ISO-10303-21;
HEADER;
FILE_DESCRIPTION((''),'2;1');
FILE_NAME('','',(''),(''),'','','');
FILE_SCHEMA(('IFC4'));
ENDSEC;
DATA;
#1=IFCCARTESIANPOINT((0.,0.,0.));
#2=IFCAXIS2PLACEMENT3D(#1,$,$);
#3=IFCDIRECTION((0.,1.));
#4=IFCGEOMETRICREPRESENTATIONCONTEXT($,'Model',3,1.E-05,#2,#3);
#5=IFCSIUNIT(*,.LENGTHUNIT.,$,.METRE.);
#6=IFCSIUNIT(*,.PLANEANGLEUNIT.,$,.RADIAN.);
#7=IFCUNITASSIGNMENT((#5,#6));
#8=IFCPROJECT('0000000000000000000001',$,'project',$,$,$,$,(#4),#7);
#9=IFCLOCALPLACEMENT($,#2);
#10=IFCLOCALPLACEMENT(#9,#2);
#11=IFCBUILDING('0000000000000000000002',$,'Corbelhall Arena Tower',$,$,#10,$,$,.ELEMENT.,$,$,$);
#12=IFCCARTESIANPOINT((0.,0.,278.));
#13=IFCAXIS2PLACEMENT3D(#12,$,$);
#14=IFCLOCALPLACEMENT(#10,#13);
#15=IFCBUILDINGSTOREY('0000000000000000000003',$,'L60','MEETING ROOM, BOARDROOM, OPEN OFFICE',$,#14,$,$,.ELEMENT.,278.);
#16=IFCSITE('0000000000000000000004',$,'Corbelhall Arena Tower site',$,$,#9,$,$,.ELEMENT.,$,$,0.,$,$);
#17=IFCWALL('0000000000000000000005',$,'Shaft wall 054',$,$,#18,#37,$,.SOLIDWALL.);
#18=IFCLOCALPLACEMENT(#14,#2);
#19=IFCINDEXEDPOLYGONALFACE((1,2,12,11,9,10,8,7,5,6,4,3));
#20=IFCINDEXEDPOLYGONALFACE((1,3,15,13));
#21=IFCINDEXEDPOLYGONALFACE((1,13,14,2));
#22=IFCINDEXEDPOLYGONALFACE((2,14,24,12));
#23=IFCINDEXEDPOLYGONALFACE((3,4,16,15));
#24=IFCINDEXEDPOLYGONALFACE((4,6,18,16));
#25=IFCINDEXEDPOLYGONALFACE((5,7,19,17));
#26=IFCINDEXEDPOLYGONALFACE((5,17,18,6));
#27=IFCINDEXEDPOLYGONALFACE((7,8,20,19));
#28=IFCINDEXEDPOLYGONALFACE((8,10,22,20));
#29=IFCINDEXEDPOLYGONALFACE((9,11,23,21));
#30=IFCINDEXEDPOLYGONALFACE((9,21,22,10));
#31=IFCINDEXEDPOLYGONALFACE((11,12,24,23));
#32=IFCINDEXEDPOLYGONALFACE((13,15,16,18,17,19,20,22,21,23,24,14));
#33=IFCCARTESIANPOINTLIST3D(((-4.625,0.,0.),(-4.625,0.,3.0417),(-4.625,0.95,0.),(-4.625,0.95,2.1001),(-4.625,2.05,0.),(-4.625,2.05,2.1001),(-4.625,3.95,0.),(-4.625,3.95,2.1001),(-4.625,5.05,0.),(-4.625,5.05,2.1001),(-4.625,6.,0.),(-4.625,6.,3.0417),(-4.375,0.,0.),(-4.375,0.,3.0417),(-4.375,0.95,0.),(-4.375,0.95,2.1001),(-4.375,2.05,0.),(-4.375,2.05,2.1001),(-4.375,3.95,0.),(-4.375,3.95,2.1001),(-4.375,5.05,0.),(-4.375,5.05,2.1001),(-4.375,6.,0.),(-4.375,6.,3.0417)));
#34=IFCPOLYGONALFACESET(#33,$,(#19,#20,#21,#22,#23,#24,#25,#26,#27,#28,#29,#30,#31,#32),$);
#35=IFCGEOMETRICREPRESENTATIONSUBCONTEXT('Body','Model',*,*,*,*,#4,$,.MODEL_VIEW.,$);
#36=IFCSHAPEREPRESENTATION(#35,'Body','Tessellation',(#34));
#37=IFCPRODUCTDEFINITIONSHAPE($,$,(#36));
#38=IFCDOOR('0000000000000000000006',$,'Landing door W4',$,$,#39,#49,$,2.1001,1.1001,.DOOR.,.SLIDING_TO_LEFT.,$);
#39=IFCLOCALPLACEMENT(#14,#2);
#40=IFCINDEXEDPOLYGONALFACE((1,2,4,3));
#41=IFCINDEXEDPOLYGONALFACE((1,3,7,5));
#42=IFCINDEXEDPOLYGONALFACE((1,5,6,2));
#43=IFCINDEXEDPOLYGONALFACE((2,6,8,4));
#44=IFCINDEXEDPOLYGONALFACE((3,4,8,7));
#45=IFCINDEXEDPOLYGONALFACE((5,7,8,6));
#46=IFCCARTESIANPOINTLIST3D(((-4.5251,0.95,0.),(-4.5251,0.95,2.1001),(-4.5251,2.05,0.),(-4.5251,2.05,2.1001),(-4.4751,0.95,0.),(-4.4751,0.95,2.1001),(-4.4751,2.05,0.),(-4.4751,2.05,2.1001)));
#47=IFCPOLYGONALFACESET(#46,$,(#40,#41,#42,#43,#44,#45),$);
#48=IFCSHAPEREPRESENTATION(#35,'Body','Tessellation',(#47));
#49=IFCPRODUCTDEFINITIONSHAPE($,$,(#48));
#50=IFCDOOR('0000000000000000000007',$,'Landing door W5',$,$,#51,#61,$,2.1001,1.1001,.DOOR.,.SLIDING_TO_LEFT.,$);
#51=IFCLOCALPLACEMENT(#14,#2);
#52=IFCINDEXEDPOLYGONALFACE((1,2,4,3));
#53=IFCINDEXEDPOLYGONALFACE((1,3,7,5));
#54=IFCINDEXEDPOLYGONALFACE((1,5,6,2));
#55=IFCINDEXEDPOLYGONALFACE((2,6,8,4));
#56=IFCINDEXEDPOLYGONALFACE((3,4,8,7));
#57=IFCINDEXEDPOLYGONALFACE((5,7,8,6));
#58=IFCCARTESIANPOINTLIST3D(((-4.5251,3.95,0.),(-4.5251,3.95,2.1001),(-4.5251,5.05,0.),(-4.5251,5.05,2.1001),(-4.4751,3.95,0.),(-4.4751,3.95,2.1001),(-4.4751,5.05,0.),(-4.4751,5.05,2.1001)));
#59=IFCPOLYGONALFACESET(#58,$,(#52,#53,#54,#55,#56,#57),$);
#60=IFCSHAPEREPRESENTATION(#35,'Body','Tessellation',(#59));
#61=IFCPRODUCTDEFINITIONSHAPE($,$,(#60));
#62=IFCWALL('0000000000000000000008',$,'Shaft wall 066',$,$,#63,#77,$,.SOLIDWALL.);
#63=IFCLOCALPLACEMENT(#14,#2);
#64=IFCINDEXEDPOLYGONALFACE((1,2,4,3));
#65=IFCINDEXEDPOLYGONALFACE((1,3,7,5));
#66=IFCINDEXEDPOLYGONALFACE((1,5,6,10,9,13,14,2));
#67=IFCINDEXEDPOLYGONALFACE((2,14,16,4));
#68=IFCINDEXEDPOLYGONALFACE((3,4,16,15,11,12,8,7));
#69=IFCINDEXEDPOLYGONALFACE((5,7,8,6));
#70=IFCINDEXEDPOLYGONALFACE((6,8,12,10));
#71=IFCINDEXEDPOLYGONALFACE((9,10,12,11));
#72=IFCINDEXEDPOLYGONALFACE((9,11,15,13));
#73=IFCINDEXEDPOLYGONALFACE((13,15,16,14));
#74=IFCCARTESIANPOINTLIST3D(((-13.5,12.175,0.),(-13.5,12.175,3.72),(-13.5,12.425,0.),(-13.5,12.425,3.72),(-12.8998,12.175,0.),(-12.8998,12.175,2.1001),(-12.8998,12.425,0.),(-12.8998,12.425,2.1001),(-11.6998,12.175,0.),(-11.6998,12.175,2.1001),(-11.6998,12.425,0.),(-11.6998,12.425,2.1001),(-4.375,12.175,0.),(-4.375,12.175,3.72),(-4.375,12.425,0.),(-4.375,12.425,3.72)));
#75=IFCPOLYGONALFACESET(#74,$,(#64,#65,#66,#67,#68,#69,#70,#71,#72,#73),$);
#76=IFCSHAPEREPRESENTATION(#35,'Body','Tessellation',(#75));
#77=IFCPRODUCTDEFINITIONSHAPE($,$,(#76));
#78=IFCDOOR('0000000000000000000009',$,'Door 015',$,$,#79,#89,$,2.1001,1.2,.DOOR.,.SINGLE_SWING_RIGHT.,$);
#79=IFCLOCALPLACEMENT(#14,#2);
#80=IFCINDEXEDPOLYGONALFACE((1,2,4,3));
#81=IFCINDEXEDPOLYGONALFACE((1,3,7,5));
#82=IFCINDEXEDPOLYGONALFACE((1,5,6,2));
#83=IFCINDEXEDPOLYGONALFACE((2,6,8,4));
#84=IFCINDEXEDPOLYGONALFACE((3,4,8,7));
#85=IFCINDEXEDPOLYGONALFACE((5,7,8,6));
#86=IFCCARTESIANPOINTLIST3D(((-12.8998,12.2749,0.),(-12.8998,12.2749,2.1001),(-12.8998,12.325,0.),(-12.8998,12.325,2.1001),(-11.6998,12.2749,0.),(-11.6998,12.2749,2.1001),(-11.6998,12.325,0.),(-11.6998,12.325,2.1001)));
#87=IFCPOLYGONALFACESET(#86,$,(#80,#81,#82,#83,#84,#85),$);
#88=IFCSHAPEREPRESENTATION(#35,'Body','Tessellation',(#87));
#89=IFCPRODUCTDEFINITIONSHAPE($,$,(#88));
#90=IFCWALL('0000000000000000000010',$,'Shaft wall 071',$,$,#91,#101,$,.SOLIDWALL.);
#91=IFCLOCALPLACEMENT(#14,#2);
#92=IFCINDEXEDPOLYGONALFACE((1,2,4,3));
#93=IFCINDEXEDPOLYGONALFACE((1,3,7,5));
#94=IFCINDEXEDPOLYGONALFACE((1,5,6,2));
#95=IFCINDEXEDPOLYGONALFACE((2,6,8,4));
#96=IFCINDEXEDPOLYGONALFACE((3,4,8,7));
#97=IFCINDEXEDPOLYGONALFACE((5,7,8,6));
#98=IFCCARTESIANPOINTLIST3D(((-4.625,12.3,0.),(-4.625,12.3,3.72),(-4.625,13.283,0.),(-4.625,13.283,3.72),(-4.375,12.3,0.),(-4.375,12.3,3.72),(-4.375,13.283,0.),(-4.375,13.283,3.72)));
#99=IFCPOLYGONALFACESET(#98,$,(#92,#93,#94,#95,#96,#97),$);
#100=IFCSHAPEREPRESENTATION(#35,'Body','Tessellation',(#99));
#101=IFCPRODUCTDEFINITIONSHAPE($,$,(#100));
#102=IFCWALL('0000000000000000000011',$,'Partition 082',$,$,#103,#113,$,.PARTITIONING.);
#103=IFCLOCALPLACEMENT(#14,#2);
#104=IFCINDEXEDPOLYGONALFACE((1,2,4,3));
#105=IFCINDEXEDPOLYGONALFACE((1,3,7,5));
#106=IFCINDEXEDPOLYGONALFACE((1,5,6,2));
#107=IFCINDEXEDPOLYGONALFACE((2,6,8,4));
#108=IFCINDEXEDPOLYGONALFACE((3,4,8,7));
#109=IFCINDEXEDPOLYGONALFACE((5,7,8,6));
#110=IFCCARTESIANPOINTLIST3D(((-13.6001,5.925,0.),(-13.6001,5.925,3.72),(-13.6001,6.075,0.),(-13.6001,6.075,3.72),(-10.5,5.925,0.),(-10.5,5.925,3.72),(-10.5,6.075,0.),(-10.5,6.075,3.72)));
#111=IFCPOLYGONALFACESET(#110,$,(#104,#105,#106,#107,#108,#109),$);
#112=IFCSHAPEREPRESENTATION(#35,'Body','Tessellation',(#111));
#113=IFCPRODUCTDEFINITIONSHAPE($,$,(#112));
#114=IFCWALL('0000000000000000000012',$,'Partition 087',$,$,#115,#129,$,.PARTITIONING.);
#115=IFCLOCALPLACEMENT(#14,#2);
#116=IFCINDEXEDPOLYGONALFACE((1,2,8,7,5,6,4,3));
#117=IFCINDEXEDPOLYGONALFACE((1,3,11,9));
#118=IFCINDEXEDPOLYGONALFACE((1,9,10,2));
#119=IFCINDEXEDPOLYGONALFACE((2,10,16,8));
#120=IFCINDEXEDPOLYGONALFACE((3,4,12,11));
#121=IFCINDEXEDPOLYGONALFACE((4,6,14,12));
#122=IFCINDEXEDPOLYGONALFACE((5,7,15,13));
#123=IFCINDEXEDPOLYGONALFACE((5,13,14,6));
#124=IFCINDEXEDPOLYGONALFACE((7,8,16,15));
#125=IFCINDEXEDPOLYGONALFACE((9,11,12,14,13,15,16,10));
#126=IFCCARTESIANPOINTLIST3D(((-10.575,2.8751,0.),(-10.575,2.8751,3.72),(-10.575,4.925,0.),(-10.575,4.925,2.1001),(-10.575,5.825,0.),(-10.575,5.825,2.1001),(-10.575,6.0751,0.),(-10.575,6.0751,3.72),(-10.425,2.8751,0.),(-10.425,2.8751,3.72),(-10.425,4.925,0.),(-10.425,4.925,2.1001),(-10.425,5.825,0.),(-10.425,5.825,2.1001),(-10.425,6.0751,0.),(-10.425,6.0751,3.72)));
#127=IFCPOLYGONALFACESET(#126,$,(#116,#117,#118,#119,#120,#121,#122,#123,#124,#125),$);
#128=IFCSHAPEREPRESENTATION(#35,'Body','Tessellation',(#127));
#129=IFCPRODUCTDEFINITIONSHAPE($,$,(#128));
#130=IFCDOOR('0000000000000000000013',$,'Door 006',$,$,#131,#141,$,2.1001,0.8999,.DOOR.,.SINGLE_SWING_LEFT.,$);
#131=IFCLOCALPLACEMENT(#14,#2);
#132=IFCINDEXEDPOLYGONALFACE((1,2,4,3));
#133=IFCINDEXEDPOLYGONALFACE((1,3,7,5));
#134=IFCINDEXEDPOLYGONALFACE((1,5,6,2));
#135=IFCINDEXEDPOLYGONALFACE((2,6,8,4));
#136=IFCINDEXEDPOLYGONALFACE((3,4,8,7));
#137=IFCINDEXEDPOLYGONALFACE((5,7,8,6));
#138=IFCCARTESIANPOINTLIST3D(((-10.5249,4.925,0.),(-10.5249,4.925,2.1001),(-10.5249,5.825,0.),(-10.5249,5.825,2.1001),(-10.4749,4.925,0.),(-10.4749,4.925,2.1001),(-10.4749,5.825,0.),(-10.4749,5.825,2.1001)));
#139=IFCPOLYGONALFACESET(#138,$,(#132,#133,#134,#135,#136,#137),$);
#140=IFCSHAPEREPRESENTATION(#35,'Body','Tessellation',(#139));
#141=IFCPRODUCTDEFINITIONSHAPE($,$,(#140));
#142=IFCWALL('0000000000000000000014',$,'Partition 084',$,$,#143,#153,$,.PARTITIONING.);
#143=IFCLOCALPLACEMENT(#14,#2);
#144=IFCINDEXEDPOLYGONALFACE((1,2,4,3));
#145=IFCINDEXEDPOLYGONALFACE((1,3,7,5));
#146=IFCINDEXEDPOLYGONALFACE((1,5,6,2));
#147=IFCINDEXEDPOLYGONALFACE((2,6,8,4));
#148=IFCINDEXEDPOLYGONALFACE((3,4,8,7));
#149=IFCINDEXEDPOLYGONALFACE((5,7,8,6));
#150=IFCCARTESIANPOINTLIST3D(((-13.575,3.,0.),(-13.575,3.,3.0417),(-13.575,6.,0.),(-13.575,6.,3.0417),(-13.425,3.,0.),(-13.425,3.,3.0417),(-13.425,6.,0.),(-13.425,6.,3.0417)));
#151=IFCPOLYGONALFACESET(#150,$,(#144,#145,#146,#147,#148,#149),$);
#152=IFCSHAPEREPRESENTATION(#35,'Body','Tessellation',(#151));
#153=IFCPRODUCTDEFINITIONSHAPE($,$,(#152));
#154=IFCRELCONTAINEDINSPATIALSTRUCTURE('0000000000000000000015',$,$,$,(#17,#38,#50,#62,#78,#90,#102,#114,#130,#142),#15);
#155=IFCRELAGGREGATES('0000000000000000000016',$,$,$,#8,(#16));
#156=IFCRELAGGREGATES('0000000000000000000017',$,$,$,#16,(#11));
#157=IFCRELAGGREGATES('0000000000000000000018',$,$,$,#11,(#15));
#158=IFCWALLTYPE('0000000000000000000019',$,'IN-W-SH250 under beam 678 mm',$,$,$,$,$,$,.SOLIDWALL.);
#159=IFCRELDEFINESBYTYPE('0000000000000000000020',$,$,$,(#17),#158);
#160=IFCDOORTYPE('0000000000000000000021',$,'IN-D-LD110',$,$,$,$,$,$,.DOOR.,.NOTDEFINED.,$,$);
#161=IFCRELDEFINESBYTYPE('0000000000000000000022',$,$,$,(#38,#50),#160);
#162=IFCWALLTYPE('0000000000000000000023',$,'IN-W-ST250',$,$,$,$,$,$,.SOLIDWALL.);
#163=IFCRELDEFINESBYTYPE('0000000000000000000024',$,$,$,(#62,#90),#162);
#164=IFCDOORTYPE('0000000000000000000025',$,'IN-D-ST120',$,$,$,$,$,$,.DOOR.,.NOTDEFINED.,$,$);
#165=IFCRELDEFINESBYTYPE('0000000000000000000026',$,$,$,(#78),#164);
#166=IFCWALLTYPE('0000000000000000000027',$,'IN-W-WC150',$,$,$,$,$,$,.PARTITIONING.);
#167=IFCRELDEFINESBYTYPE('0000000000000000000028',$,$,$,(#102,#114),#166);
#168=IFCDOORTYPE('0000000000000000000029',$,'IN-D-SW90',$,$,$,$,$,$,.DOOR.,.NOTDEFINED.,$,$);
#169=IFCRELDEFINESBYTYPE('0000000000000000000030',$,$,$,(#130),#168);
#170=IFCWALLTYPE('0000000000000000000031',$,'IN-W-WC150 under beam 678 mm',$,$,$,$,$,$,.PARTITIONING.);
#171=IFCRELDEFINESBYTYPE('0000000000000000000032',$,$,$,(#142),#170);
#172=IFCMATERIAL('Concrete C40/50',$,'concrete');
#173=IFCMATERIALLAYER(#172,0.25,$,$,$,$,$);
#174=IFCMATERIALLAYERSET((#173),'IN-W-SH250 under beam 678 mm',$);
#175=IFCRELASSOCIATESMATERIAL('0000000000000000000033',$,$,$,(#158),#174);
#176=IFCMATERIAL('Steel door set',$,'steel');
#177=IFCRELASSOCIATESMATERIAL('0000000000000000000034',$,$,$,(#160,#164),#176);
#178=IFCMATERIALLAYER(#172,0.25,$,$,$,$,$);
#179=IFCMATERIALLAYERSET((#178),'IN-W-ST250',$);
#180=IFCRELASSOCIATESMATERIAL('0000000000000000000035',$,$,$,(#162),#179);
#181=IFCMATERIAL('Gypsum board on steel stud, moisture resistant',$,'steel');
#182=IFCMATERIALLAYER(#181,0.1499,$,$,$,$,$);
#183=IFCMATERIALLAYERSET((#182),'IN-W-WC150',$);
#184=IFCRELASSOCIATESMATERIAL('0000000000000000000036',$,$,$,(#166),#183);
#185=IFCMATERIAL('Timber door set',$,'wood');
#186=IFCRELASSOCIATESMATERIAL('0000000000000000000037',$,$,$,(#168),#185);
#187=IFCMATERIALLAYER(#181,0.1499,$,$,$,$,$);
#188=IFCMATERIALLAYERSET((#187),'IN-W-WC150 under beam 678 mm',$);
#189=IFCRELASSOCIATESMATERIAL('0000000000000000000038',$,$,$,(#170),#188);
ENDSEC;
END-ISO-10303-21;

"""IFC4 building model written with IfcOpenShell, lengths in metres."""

from ifc_helpers import new_model, si_unit, direction, frame, frame_2d, origin, place, context, subcontext, project, spatial, rectangle, extrude, material, layer, layer_set, type_object, element, fill, save


model = new_model("IFC4")

# Units and contexts
model_context = context("Model", 3, precision=1e-05, world=origin(), true_north=direction((0.0, 1.0)))
body_context = subcontext(model_context, "Body", "Model", "MODEL_VIEW")
ifc_project = project(units=[si_unit("LENGTHUNIT", "METRE"), si_unit("PLANEANGLEUNIT", "RADIAN")], contexts=[model_context])

# Site, building, storey
site_placement = place(None, origin())
site = spatial("IfcSite", under=ifc_project, at=site_placement, Name="Corbelhall Arena Tower site", CompositionType="ELEMENT", RefElevation=0.0)
building_placement = place(site_placement, origin())
building = spatial("IfcBuilding", under=site, at=building_placement, Name="Corbelhall Arena Tower", CompositionType="ELEMENT")
storey_placement = place(building_placement, frame((0.0, 0.0, 278.0)))
storey = spatial("IfcBuildingStorey", under=building, at=storey_placement, Name="L60", Description="MEETING ROOM, BOARDROOM, OPEN OFFICE", CompositionType="ELEMENT", Elevation=278.0)

# Shared definitions
ifc_material_1 = material(Name="Steel door set", Category="steel")

# Shared definitions
ifc_material_2 = material(Name="Concrete C40/50", Category="concrete")

# Wall, openings, doors
ifc_layer_1 = layer(ifc_material_2, 0.25)
ifc_layer_set_1 = layer_set([ifc_layer_1], Name="IN-W-SH250 under beam 678 mm")
wall_type_1 = type_object("IfcWallType", Name="IN-W-SH250 under beam 678 mm", PredefinedType="SOLIDWALL", material=ifc_layer_set_1)
wall_1_placement = place(storey_placement, frame((-4.5, 6.0, 0.0), z_axis=(0.0, 0.0, 1.0), x_axis=(0.0, -1.0, 0.0)))
wall_1 = element("IfcWall", 1, at=wall_1_placement, inside=storey, type_object=wall_type_1, Name="Shaft wall 054", PredefinedType="SOLIDWALL", context=body_context, shape_type="SweptSolid", body=[
    extrude(rectangle(XDim=6.0, YDim=0.25, at=frame_2d((3.0, 0.0))), origin(), (0.0, 0.0, 1.0), 3.0417),
])
opening_1_placement = place(wall_1_placement, frame((3.95, 0.0, 0.0)))
opening_1 = element("IfcOpeningElement", 2, at=opening_1_placement, cuts=wall_1, PredefinedType="OPENING", context=body_context, shape_type="SweptSolid", body=[
    extrude(rectangle(XDim=1.1001, YDim=2.1001, at=frame_2d((0.55, 1.05))), frame((0.0, 0.125, 0.0), z_axis=(0.0, -1.0, 0.0), x_axis=(1.0, 0.0, 0.0)), (0.0, 0.0, 1.0), 0.25),
])
opening_2_placement = place(wall_1_placement, frame((0.95, 0.0, 0.0)))
opening_2 = element("IfcOpeningElement", 3, at=opening_2_placement, cuts=wall_1, PredefinedType="OPENING", context=body_context, shape_type="SweptSolid", body=[
    extrude(rectangle(XDim=1.1001, YDim=2.1001, at=frame_2d((0.55, 1.05))), frame((0.0, 0.125, 0.0), z_axis=(0.0, -1.0, 0.0), x_axis=(1.0, 0.0, 0.0)), (0.0, 0.0, 1.0), 0.25),
])
door_type_1 = type_object("IfcDoorType", Name="IN-D-LD110", OperationType="NOTDEFINED", PredefinedType="DOOR", material=ifc_material_1)
door_1_placement = place(opening_1_placement, origin())
door_1 = element("IfcDoor", 4, at=door_1_placement, inside=storey, type_object=door_type_1, Name="Landing door W4", OperationType="SLIDING_TO_LEFT", OverallHeight=2.1001, OverallWidth=1.1001, PredefinedType="DOOR", context=body_context, shape_type="SweptSolid", body=[
    extrude(rectangle(XDim=1.1001, YDim=2.1001, at=frame_2d((0.55, 1.05))), frame((0.0, 0.0249, 0.0), z_axis=(0.0, -1.0, 0.0), x_axis=(1.0, 0.0, 0.0)), (0.0, 0.0, 1.0), 0.05),
])
fill(opening_1, door_1)
door_2_placement = place(opening_2_placement, origin())
door_2 = element("IfcDoor", 5, at=door_2_placement, inside=storey, type_object=door_type_1, Name="Landing door W5", OperationType="SLIDING_TO_LEFT", OverallHeight=2.1001, OverallWidth=1.1001, PredefinedType="DOOR", context=body_context, shape_type="SweptSolid", body=[
    extrude(rectangle(XDim=1.1001, YDim=2.1001, at=frame_2d((0.55, 1.05))), frame((0.0, 0.0249, 0.0), z_axis=(0.0, -1.0, 0.0), x_axis=(1.0, 0.0, 0.0)), (0.0, 0.0, 1.0), 0.05),
])
fill(opening_2, door_2)

# Wall, opening, door
ifc_layer_2 = layer(ifc_material_2, 0.25)
ifc_layer_set_2 = layer_set([ifc_layer_2], Name="IN-W-ST250")
wall_type_2 = type_object("IfcWallType", Name="IN-W-ST250", PredefinedType="SOLIDWALL", material=ifc_layer_set_2)
wall_2_placement = place(storey_placement, frame((-13.5, 12.3, 0.0), z_axis=(0.0, 0.0, 1.0), x_axis=(1.0, 0.0, 0.0)))
wall_2 = element("IfcWall", 6, at=wall_2_placement, inside=storey, type_object=wall_type_2, Name="Shaft wall 066", PredefinedType="SOLIDWALL", context=body_context, shape_type="SweptSolid", body=[
    extrude(rectangle(XDim=9.125, YDim=0.25, at=frame_2d((4.5625, 0.0))), origin(), (0.0, 0.0, 1.0), 3.72),
])
opening_3_placement = place(wall_2_placement, frame((0.6001, 0.0, 0.0)))
opening_3 = element("IfcOpeningElement", 7, at=opening_3_placement, cuts=wall_2, PredefinedType="OPENING", context=body_context, shape_type="SweptSolid", body=[
    extrude(rectangle(XDim=1.2, YDim=2.1001, at=frame_2d((0.6001, 1.05))), frame((0.0, 0.125, 0.0), z_axis=(0.0, -1.0, 0.0), x_axis=(1.0, 0.0, 0.0)), (0.0, 0.0, 1.0), 0.25),
])
door_type_2 = type_object("IfcDoorType", Name="IN-D-ST120", OperationType="NOTDEFINED", PredefinedType="DOOR", material=ifc_material_1)
door_3_placement = place(opening_3_placement, origin())
door_3 = element("IfcDoor", 8, at=door_3_placement, inside=storey, type_object=door_type_2, Name="Door 015", OperationType="SINGLE_SWING_RIGHT", OverallHeight=2.1001, OverallWidth=1.2, PredefinedType="DOOR", context=body_context, shape_type="SweptSolid", body=[
    extrude(rectangle(XDim=1.2, YDim=2.1001, at=frame_2d((0.6001, 1.05))), frame((0.0, 0.0249, 0.0), z_axis=(0.0, -1.0, 0.0), x_axis=(1.0, 0.0, 0.0)), (0.0, 0.0, 1.0), 0.05),
])
fill(opening_3, door_3)

# Walls
wall_3_placement = place(storey_placement, frame((-4.5, 13.283, 0.0), z_axis=(0.0, 0.0, 1.0), x_axis=(0.0, -1.0, 0.0)))
element("IfcWall", 9, at=wall_3_placement, inside=storey, type_object=wall_type_2, Name="Shaft wall 071", PredefinedType="SOLIDWALL", context=body_context, shape_type="SweptSolid", body=[
    extrude(rectangle(XDim=0.9829, YDim=0.25, at=frame_2d((0.4915, 0.0))), origin(), (0.0, 0.0, 1.0), 3.72),
])
ifc_material_3 = material(Name="Gypsum board on steel stud, moisture resistant", Category="steel")
ifc_layer_3 = layer(ifc_material_3, 0.1499)
ifc_layer_set_3 = layer_set([ifc_layer_3], Name="IN-W-WC150")
wall_type_3 = type_object("IfcWallType", Name="IN-W-WC150", PredefinedType="PARTITIONING", material=ifc_layer_set_3)
wall_4_placement = place(storey_placement, frame((-13.6001, 6.0, 0.0), z_axis=(0.0, 0.0, 1.0), x_axis=(1.0, 0.0, 0.0)))
element("IfcWall", 10, at=wall_4_placement, inside=storey, type_object=wall_type_3, Name="Partition 082", PredefinedType="PARTITIONING", context=body_context, shape_type="SweptSolid", body=[
    extrude(rectangle(XDim=3.1001, YDim=0.1499, at=frame_2d((1.55, 0.0))), origin(), (0.0, 0.0, 1.0), 3.72),
])

# Wall, opening, door
wall_5_placement = place(storey_placement, frame((-10.5, 2.875, 0.0), z_axis=(0.0, 0.0, 1.0), x_axis=(0.0, 1.0, 0.0)))
wall_5 = element("IfcWall", 11, at=wall_5_placement, inside=storey, type_object=wall_type_3, Name="Partition 087", PredefinedType="PARTITIONING", context=body_context, shape_type="SweptSolid", body=[
    extrude(rectangle(XDim=3.2, YDim=0.1499, at=frame_2d((1.6001, 0.0))), origin(), (0.0, 0.0, 1.0), 3.72),
])
opening_4_placement = place(wall_5_placement, frame((2.05, 0.0, 0.0)))
opening_4 = element("IfcOpeningElement", 12, at=opening_4_placement, cuts=wall_5, PredefinedType="OPENING", context=body_context, shape_type="SweptSolid", body=[
    extrude(rectangle(XDim=0.8999, YDim=2.1001, at=frame_2d((0.45, 1.05))), frame((0.0, 0.075, 0.0), z_axis=(0.0, -1.0, 0.0), x_axis=(1.0, 0.0, 0.0)), (0.0, 0.0, 1.0), 0.1499),
])
ifc_material_4 = material(Name="Timber door set", Category="wood")
door_type_3 = type_object("IfcDoorType", Name="IN-D-SW90", OperationType="NOTDEFINED", PredefinedType="DOOR", material=ifc_material_4)
door_4_placement = place(opening_4_placement, origin())
door_4 = element("IfcDoor", 13, at=door_4_placement, inside=storey, type_object=door_type_3, Name="Door 006", OperationType="SINGLE_SWING_LEFT", OverallHeight=2.1001, OverallWidth=0.8999, PredefinedType="DOOR", context=body_context, shape_type="SweptSolid", body=[
    extrude(rectangle(XDim=0.8999, YDim=2.1001, at=frame_2d((0.45, 1.05))), frame((0.0, 0.0249, 0.0), z_axis=(0.0, -1.0, 0.0), x_axis=(1.0, 0.0, 0.0)), (0.0, 0.0, 1.0), 0.05),
])
fill(opening_4, door_4)

# Wall
ifc_layer_4 = layer(ifc_material_3, 0.1499)
ifc_layer_set_4 = layer_set([ifc_layer_4], Name="IN-W-WC150 under beam 678 mm")
wall_type_4 = type_object("IfcWallType", Name="IN-W-WC150 under beam 678 mm", PredefinedType="PARTITIONING", material=ifc_layer_set_4)
wall_6_placement = place(storey_placement, frame((-13.5, 3.0, 0.0), z_axis=(0.0, 0.0, 1.0), x_axis=(0.0, 1.0, 0.0)))
element("IfcWall", 14, at=wall_6_placement, inside=storey, type_object=wall_type_4, Name="Partition 084", PredefinedType="PARTITIONING", context=body_context, shape_type="SweptSolid", body=[
    extrude(rectangle(XDim=3.0, YDim=0.1499, at=frame_2d((1.5, 0.0))), origin(), (0.0, 0.0, 1.0), 3.0417),
])

save(model, "model.ifc")
